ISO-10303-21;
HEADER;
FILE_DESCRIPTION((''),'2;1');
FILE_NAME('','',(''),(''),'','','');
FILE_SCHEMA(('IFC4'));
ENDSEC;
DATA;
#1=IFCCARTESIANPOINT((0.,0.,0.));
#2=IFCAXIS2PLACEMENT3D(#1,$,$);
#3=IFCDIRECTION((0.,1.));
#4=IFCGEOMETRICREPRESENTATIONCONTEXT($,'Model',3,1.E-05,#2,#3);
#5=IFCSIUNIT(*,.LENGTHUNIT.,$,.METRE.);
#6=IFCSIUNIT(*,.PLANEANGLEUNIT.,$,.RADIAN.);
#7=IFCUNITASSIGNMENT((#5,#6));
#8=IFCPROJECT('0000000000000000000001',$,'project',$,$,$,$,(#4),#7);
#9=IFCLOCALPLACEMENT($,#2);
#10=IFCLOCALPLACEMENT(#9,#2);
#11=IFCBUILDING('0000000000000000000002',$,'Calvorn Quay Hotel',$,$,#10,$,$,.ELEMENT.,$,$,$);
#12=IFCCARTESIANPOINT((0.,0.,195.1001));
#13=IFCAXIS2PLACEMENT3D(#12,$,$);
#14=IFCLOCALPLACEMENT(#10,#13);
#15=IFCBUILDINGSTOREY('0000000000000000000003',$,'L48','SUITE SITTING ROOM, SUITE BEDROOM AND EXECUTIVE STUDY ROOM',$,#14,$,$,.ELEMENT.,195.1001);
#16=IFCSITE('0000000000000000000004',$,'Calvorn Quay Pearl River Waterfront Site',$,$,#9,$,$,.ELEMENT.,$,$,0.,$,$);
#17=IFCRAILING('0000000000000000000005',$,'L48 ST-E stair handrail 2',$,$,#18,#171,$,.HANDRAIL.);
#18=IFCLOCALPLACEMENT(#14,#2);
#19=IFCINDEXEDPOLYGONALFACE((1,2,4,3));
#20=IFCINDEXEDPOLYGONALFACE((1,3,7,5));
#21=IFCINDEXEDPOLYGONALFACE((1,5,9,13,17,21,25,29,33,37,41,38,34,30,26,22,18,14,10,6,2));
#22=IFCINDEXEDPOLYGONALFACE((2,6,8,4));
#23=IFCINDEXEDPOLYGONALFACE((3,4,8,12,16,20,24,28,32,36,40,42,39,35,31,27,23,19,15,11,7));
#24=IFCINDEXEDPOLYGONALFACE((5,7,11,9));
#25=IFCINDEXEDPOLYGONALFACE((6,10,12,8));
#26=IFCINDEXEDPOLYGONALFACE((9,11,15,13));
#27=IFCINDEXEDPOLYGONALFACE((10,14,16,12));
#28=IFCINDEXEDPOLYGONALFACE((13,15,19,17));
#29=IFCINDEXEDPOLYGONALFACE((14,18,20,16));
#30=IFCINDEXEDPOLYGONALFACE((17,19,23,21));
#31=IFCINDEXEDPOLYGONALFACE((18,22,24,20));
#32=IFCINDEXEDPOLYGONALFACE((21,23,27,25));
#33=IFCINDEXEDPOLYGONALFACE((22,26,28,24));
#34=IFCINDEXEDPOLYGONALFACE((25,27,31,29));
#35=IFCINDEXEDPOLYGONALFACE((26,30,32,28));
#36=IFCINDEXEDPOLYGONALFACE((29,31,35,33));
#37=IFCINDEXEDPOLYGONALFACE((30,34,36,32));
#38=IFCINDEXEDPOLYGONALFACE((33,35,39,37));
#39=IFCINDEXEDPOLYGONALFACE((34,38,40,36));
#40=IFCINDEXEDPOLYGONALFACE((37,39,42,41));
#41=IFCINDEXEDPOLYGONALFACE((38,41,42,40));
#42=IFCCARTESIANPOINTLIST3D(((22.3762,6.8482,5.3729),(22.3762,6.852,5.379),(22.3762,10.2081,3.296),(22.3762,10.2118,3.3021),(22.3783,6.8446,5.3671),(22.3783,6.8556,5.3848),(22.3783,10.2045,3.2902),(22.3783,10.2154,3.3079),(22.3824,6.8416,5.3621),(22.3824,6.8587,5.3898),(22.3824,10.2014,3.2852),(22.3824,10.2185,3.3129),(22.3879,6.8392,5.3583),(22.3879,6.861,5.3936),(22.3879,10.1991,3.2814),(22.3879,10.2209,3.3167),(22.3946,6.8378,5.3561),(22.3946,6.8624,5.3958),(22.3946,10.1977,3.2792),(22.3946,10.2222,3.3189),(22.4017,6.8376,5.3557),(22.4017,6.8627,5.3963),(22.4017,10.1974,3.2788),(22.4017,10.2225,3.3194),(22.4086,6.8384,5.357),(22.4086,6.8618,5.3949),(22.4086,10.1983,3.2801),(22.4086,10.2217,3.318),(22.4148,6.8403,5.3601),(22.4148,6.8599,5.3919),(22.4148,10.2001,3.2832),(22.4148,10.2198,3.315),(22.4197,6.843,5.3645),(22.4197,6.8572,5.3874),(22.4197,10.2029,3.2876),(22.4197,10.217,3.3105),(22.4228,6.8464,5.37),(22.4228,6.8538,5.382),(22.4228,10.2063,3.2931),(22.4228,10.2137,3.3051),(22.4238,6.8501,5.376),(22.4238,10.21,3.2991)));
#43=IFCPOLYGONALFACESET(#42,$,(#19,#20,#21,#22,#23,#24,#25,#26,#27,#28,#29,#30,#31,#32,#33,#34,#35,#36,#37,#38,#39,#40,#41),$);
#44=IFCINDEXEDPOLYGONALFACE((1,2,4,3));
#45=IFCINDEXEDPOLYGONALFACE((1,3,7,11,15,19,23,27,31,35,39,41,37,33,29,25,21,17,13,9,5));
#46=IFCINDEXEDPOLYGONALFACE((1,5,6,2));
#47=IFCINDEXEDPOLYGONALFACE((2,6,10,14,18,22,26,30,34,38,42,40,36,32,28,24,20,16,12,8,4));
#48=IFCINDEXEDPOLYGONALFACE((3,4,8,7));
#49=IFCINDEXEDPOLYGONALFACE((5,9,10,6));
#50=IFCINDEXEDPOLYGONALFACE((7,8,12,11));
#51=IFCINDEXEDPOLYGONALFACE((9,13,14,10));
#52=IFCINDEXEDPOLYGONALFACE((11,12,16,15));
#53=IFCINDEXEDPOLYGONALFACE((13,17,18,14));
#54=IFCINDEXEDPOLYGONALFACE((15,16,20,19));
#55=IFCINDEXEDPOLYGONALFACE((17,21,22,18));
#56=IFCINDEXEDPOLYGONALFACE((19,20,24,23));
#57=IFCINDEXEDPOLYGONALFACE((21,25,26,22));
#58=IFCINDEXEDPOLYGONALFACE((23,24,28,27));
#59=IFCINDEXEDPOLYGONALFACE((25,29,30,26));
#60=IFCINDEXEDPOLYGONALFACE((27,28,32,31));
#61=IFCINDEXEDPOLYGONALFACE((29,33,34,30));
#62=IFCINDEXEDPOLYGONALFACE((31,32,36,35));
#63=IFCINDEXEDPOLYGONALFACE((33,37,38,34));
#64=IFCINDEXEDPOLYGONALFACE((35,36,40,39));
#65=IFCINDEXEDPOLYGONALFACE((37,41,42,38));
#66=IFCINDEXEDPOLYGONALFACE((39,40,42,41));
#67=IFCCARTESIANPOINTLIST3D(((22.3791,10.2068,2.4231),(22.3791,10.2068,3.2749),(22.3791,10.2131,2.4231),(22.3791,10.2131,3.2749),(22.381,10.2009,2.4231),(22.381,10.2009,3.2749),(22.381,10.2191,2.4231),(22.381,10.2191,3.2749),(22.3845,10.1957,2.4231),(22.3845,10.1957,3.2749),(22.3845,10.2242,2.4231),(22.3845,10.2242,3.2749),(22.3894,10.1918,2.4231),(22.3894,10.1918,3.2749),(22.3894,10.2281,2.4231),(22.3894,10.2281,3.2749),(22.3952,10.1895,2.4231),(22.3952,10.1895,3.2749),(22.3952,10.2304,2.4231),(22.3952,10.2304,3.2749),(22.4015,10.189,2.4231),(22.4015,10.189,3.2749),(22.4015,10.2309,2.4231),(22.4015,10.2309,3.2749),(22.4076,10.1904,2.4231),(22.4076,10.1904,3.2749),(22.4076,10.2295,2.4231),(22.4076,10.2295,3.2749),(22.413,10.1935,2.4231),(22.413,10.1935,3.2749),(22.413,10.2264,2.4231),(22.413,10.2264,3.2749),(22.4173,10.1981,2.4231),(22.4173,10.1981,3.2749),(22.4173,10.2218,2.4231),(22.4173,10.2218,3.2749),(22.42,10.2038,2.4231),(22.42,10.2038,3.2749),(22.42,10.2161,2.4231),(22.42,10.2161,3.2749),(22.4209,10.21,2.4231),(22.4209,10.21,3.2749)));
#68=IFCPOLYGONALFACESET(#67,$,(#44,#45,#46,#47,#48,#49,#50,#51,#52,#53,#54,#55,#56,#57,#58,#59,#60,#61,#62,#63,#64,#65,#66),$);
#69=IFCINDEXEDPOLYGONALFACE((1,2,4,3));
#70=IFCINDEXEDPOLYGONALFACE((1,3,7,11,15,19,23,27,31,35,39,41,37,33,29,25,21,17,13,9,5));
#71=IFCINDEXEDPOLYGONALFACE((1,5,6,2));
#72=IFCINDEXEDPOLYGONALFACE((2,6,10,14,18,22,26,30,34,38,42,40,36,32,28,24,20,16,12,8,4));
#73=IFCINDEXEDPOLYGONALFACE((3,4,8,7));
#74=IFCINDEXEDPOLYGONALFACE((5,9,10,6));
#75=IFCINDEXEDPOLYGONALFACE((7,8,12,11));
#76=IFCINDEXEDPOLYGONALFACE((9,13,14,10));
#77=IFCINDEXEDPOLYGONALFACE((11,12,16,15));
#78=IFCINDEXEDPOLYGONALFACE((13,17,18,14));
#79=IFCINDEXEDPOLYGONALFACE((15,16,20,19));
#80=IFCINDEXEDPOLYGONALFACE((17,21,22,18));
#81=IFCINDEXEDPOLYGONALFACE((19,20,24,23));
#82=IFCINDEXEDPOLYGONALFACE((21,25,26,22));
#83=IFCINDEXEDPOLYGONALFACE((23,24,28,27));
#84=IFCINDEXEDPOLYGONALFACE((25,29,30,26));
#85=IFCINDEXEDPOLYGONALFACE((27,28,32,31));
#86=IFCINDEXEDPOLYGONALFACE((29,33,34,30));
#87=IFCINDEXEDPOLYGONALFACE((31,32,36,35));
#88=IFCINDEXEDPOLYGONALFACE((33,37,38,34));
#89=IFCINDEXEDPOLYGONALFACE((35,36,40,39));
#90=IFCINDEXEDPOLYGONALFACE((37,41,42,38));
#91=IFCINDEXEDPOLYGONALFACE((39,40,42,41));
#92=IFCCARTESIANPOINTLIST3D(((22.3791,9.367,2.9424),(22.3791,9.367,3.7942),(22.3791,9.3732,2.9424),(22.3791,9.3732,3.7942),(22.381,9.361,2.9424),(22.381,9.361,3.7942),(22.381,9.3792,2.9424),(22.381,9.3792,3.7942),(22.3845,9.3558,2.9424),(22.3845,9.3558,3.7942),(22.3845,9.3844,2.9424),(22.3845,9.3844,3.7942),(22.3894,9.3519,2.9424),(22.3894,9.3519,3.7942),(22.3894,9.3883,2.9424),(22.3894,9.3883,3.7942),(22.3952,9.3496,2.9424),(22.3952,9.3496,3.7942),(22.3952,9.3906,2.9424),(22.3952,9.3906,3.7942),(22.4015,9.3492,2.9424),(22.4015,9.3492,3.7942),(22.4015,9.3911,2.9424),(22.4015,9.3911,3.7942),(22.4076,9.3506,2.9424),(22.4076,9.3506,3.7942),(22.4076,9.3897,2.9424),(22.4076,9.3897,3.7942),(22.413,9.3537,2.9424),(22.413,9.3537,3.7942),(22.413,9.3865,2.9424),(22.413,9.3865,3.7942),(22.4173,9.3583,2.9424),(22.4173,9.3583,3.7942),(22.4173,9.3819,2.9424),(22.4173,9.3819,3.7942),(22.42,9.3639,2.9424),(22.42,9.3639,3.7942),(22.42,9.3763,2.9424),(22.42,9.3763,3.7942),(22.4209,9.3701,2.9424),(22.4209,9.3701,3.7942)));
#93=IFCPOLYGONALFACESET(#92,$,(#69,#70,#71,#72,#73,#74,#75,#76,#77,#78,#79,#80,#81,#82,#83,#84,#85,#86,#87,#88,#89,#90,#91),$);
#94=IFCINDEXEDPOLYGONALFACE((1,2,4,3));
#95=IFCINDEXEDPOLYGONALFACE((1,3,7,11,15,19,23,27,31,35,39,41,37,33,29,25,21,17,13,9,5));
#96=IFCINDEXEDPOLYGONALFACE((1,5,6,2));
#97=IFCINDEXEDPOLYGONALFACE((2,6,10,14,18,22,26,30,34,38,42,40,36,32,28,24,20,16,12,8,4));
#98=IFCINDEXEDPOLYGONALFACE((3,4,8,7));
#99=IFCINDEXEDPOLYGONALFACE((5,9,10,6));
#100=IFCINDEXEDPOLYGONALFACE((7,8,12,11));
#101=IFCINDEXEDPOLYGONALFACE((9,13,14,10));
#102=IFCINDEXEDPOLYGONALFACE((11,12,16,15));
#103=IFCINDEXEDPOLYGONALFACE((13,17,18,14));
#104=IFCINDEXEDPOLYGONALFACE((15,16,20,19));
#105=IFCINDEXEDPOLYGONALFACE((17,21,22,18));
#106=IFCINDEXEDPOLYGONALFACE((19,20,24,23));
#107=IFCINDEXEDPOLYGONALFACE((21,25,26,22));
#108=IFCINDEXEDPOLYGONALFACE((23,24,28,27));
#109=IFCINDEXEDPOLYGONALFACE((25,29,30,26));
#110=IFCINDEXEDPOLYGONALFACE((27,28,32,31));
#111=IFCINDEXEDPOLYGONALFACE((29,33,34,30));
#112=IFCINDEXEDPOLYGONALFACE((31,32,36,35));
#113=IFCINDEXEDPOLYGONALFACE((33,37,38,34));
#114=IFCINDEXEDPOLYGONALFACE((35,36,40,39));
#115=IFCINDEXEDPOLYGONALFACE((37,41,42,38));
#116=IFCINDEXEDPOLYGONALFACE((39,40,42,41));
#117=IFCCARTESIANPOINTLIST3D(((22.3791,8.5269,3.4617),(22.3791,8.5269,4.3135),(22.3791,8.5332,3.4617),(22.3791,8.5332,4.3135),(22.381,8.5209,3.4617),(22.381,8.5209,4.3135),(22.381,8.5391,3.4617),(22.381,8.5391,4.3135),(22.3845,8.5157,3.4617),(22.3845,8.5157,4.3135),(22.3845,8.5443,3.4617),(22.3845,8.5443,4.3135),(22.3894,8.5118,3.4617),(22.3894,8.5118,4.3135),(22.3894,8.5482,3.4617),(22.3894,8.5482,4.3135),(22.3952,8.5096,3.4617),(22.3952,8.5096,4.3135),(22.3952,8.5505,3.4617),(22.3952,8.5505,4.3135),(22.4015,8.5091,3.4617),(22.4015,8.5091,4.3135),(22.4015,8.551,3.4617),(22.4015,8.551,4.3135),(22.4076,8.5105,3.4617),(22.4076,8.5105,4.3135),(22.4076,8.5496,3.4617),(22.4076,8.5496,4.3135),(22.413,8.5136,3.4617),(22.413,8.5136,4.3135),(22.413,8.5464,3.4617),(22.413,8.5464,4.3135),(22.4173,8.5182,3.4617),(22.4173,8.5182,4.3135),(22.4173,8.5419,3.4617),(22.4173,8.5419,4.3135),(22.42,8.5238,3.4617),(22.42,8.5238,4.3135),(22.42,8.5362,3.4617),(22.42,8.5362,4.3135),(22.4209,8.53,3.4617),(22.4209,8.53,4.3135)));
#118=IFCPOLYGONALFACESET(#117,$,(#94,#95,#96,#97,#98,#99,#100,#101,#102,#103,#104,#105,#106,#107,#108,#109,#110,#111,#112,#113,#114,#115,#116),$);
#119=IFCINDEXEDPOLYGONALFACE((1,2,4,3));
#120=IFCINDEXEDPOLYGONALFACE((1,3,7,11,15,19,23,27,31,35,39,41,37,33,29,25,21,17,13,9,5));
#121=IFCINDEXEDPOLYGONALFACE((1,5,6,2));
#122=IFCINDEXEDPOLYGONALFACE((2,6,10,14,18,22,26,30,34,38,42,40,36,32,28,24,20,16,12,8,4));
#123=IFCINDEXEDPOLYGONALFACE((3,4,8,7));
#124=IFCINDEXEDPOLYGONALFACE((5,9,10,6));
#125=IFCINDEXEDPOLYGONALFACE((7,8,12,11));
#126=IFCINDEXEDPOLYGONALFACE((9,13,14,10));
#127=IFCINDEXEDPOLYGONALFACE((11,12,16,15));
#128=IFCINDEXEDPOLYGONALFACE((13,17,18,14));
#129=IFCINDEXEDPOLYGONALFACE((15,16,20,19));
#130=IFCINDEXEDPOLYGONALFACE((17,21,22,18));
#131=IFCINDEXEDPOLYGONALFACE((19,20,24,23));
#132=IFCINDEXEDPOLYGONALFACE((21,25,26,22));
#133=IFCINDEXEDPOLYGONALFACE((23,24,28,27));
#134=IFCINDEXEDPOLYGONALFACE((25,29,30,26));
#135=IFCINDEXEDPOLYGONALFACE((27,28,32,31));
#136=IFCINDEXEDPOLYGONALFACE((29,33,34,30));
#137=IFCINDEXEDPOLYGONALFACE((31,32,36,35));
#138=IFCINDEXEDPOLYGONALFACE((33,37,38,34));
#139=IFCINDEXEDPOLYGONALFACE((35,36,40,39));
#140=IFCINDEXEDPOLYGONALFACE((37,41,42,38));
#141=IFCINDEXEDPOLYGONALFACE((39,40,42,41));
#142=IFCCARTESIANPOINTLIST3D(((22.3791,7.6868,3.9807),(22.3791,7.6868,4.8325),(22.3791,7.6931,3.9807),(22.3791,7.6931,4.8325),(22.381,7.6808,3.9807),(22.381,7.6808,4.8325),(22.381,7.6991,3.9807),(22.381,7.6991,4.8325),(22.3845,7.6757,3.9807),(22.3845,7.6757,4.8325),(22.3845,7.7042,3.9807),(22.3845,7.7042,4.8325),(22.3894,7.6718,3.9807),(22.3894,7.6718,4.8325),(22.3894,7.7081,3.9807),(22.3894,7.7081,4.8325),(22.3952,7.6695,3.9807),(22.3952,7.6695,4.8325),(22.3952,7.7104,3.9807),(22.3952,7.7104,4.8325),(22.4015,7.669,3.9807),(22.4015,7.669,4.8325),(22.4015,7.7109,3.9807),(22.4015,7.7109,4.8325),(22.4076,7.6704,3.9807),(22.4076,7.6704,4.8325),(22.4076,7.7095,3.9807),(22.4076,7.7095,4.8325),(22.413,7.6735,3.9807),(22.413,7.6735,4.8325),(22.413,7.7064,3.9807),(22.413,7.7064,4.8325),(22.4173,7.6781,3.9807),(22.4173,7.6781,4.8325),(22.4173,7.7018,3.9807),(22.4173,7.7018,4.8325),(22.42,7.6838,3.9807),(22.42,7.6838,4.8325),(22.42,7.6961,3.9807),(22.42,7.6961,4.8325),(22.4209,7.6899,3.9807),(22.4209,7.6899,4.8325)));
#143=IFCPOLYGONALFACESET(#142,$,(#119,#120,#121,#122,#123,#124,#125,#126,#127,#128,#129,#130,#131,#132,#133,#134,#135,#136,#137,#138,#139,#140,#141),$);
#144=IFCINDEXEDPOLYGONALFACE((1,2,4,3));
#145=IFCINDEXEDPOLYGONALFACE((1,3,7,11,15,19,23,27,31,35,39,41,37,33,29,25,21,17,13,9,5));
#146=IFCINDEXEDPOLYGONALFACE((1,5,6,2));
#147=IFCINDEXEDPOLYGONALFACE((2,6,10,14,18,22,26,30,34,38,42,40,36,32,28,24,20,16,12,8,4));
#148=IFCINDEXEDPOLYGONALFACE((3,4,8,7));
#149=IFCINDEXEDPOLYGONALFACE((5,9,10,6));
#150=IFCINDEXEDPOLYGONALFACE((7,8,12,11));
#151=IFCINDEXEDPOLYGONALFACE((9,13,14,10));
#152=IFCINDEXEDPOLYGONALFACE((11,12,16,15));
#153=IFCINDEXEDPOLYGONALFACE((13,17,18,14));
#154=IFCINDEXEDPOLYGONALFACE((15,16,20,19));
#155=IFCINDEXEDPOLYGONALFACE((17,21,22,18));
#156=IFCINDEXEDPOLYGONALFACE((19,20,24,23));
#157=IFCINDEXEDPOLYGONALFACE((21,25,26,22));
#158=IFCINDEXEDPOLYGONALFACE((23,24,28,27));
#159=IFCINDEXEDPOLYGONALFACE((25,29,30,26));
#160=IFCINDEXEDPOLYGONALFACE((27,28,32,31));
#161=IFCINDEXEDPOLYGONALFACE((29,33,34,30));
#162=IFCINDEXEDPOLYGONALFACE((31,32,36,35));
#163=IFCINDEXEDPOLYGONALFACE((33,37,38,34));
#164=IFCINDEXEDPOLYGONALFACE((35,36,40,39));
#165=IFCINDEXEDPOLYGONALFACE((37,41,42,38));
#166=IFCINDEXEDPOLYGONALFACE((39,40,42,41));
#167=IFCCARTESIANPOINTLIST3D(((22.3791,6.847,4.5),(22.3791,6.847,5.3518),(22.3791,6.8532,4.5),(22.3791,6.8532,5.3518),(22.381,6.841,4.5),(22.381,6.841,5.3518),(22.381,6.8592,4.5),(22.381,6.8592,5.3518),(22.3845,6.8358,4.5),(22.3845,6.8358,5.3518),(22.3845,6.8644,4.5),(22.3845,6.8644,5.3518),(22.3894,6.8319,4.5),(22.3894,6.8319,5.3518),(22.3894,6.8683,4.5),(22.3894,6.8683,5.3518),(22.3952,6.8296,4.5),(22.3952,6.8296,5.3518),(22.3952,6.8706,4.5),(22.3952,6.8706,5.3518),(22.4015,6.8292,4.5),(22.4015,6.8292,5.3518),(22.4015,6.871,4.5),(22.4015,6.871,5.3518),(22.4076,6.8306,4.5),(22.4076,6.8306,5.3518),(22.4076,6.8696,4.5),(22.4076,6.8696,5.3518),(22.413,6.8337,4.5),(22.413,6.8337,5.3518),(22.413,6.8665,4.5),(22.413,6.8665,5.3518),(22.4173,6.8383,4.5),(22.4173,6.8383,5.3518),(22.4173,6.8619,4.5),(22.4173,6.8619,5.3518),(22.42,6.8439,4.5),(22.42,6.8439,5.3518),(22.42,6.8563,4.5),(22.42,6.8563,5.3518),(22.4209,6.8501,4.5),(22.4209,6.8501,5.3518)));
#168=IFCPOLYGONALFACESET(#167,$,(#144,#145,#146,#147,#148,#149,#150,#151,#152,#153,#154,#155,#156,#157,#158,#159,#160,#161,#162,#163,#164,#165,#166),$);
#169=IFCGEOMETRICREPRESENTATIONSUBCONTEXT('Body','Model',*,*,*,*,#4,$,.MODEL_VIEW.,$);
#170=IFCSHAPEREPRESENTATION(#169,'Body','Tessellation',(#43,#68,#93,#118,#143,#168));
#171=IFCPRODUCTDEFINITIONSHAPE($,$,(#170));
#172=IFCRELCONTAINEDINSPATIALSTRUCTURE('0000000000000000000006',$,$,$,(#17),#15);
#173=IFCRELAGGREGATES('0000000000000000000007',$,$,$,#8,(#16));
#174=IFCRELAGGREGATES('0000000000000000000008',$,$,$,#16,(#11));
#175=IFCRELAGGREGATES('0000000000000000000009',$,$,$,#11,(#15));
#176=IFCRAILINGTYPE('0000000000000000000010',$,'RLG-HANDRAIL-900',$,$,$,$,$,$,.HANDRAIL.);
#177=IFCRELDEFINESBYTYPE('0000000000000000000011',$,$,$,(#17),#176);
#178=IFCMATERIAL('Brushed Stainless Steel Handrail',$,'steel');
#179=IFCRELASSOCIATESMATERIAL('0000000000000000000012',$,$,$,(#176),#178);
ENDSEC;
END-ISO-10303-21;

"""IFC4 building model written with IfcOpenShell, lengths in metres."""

from ifc_helpers import new_model, si_unit, direction, frame, origin, origin_2d, place, context, subcontext, project, spatial, circle, extrude, material, type_object, element, save


model = new_model("IFC4")

# Units and contexts
model_context = context("Model", 3, precision=1e-05, world=origin(), true_north=direction((0.0, 1.0)))
body_context = subcontext(model_context, "Body", "Model", "MODEL_VIEW")
ifc_project = project(units=[si_unit("LENGTHUNIT", "METRE"), si_unit("PLANEANGLEUNIT", "RADIAN")], contexts=[model_context])

# Site, building, storey
site_placement = place(None, origin())
site = spatial("IfcSite", under=ifc_project, at=site_placement, Name="Calvorn Quay Pearl River Waterfront Site", CompositionType="ELEMENT", RefElevation=0.0)
building_placement = place(site_placement, origin())
building = spatial("IfcBuilding", under=site, at=building_placement, Name="Calvorn Quay Hotel", CompositionType="ELEMENT")
storey_placement = place(building_placement, frame((0.0, 0.0, 195.1001)))
storey = spatial("IfcBuildingStorey", under=building, at=storey_placement, Name="L48", Description="SUITE SITTING ROOM, SUITE BEDROOM AND EXECUTIVE STUDY ROOM", CompositionType="ELEMENT", Elevation=195.1001)

# Railing
ifc_material_1 = material(Name="Brushed Stainless Steel Handrail", Category="steel")
railing_type_1 = type_object("IfcRailingType", Name="RLG-HANDRAIL-900", PredefinedType="HANDRAIL", material=ifc_material_1)
railing_1_placement = place(storey_placement, frame((22.3999, 10.21, 2.4231)))
element("IfcRailing", 1, at=railing_1_placement, inside=storey, type_object=railing_type_1, Name="L48 ST-E stair handrail 2", PredefinedType="HANDRAIL", context=body_context, shape_type="SweptSolid", body=[
    extrude(circle(Radius=0.0239, at=origin_2d()), frame((0.0, 0.0, 0.876), z_axis=(0.0, -0.850606, 0.525803), x_axis=(1.0, 0.0, 0.0)), (0.0, 0.0, 1.0), 3.95),
    extrude(circle(Radius=0.021, at=origin_2d()), origin(), (0.0, 0.0, 1.0), 0.8518),
    extrude(circle(Radius=0.021, at=origin_2d()), frame((0.0, -0.8398, 0.5193)), (0.0, 0.0, 1.0), 0.8518),
    extrude(circle(Radius=0.021, at=origin_2d()), frame((0.0, -1.6799, 1.0386)), (0.0, 0.0, 1.0), 0.8518),
    extrude(circle(Radius=0.021, at=origin_2d()), frame((0.0, -2.52, 1.5576)), (0.0, 0.0, 1.0), 0.8518),
    extrude(circle(Radius=0.021, at=origin_2d()), frame((0.0, -3.3599, 2.0769)), (0.0, 0.0, 1.0), 0.8518),
])

save(model, "model.ifc")
